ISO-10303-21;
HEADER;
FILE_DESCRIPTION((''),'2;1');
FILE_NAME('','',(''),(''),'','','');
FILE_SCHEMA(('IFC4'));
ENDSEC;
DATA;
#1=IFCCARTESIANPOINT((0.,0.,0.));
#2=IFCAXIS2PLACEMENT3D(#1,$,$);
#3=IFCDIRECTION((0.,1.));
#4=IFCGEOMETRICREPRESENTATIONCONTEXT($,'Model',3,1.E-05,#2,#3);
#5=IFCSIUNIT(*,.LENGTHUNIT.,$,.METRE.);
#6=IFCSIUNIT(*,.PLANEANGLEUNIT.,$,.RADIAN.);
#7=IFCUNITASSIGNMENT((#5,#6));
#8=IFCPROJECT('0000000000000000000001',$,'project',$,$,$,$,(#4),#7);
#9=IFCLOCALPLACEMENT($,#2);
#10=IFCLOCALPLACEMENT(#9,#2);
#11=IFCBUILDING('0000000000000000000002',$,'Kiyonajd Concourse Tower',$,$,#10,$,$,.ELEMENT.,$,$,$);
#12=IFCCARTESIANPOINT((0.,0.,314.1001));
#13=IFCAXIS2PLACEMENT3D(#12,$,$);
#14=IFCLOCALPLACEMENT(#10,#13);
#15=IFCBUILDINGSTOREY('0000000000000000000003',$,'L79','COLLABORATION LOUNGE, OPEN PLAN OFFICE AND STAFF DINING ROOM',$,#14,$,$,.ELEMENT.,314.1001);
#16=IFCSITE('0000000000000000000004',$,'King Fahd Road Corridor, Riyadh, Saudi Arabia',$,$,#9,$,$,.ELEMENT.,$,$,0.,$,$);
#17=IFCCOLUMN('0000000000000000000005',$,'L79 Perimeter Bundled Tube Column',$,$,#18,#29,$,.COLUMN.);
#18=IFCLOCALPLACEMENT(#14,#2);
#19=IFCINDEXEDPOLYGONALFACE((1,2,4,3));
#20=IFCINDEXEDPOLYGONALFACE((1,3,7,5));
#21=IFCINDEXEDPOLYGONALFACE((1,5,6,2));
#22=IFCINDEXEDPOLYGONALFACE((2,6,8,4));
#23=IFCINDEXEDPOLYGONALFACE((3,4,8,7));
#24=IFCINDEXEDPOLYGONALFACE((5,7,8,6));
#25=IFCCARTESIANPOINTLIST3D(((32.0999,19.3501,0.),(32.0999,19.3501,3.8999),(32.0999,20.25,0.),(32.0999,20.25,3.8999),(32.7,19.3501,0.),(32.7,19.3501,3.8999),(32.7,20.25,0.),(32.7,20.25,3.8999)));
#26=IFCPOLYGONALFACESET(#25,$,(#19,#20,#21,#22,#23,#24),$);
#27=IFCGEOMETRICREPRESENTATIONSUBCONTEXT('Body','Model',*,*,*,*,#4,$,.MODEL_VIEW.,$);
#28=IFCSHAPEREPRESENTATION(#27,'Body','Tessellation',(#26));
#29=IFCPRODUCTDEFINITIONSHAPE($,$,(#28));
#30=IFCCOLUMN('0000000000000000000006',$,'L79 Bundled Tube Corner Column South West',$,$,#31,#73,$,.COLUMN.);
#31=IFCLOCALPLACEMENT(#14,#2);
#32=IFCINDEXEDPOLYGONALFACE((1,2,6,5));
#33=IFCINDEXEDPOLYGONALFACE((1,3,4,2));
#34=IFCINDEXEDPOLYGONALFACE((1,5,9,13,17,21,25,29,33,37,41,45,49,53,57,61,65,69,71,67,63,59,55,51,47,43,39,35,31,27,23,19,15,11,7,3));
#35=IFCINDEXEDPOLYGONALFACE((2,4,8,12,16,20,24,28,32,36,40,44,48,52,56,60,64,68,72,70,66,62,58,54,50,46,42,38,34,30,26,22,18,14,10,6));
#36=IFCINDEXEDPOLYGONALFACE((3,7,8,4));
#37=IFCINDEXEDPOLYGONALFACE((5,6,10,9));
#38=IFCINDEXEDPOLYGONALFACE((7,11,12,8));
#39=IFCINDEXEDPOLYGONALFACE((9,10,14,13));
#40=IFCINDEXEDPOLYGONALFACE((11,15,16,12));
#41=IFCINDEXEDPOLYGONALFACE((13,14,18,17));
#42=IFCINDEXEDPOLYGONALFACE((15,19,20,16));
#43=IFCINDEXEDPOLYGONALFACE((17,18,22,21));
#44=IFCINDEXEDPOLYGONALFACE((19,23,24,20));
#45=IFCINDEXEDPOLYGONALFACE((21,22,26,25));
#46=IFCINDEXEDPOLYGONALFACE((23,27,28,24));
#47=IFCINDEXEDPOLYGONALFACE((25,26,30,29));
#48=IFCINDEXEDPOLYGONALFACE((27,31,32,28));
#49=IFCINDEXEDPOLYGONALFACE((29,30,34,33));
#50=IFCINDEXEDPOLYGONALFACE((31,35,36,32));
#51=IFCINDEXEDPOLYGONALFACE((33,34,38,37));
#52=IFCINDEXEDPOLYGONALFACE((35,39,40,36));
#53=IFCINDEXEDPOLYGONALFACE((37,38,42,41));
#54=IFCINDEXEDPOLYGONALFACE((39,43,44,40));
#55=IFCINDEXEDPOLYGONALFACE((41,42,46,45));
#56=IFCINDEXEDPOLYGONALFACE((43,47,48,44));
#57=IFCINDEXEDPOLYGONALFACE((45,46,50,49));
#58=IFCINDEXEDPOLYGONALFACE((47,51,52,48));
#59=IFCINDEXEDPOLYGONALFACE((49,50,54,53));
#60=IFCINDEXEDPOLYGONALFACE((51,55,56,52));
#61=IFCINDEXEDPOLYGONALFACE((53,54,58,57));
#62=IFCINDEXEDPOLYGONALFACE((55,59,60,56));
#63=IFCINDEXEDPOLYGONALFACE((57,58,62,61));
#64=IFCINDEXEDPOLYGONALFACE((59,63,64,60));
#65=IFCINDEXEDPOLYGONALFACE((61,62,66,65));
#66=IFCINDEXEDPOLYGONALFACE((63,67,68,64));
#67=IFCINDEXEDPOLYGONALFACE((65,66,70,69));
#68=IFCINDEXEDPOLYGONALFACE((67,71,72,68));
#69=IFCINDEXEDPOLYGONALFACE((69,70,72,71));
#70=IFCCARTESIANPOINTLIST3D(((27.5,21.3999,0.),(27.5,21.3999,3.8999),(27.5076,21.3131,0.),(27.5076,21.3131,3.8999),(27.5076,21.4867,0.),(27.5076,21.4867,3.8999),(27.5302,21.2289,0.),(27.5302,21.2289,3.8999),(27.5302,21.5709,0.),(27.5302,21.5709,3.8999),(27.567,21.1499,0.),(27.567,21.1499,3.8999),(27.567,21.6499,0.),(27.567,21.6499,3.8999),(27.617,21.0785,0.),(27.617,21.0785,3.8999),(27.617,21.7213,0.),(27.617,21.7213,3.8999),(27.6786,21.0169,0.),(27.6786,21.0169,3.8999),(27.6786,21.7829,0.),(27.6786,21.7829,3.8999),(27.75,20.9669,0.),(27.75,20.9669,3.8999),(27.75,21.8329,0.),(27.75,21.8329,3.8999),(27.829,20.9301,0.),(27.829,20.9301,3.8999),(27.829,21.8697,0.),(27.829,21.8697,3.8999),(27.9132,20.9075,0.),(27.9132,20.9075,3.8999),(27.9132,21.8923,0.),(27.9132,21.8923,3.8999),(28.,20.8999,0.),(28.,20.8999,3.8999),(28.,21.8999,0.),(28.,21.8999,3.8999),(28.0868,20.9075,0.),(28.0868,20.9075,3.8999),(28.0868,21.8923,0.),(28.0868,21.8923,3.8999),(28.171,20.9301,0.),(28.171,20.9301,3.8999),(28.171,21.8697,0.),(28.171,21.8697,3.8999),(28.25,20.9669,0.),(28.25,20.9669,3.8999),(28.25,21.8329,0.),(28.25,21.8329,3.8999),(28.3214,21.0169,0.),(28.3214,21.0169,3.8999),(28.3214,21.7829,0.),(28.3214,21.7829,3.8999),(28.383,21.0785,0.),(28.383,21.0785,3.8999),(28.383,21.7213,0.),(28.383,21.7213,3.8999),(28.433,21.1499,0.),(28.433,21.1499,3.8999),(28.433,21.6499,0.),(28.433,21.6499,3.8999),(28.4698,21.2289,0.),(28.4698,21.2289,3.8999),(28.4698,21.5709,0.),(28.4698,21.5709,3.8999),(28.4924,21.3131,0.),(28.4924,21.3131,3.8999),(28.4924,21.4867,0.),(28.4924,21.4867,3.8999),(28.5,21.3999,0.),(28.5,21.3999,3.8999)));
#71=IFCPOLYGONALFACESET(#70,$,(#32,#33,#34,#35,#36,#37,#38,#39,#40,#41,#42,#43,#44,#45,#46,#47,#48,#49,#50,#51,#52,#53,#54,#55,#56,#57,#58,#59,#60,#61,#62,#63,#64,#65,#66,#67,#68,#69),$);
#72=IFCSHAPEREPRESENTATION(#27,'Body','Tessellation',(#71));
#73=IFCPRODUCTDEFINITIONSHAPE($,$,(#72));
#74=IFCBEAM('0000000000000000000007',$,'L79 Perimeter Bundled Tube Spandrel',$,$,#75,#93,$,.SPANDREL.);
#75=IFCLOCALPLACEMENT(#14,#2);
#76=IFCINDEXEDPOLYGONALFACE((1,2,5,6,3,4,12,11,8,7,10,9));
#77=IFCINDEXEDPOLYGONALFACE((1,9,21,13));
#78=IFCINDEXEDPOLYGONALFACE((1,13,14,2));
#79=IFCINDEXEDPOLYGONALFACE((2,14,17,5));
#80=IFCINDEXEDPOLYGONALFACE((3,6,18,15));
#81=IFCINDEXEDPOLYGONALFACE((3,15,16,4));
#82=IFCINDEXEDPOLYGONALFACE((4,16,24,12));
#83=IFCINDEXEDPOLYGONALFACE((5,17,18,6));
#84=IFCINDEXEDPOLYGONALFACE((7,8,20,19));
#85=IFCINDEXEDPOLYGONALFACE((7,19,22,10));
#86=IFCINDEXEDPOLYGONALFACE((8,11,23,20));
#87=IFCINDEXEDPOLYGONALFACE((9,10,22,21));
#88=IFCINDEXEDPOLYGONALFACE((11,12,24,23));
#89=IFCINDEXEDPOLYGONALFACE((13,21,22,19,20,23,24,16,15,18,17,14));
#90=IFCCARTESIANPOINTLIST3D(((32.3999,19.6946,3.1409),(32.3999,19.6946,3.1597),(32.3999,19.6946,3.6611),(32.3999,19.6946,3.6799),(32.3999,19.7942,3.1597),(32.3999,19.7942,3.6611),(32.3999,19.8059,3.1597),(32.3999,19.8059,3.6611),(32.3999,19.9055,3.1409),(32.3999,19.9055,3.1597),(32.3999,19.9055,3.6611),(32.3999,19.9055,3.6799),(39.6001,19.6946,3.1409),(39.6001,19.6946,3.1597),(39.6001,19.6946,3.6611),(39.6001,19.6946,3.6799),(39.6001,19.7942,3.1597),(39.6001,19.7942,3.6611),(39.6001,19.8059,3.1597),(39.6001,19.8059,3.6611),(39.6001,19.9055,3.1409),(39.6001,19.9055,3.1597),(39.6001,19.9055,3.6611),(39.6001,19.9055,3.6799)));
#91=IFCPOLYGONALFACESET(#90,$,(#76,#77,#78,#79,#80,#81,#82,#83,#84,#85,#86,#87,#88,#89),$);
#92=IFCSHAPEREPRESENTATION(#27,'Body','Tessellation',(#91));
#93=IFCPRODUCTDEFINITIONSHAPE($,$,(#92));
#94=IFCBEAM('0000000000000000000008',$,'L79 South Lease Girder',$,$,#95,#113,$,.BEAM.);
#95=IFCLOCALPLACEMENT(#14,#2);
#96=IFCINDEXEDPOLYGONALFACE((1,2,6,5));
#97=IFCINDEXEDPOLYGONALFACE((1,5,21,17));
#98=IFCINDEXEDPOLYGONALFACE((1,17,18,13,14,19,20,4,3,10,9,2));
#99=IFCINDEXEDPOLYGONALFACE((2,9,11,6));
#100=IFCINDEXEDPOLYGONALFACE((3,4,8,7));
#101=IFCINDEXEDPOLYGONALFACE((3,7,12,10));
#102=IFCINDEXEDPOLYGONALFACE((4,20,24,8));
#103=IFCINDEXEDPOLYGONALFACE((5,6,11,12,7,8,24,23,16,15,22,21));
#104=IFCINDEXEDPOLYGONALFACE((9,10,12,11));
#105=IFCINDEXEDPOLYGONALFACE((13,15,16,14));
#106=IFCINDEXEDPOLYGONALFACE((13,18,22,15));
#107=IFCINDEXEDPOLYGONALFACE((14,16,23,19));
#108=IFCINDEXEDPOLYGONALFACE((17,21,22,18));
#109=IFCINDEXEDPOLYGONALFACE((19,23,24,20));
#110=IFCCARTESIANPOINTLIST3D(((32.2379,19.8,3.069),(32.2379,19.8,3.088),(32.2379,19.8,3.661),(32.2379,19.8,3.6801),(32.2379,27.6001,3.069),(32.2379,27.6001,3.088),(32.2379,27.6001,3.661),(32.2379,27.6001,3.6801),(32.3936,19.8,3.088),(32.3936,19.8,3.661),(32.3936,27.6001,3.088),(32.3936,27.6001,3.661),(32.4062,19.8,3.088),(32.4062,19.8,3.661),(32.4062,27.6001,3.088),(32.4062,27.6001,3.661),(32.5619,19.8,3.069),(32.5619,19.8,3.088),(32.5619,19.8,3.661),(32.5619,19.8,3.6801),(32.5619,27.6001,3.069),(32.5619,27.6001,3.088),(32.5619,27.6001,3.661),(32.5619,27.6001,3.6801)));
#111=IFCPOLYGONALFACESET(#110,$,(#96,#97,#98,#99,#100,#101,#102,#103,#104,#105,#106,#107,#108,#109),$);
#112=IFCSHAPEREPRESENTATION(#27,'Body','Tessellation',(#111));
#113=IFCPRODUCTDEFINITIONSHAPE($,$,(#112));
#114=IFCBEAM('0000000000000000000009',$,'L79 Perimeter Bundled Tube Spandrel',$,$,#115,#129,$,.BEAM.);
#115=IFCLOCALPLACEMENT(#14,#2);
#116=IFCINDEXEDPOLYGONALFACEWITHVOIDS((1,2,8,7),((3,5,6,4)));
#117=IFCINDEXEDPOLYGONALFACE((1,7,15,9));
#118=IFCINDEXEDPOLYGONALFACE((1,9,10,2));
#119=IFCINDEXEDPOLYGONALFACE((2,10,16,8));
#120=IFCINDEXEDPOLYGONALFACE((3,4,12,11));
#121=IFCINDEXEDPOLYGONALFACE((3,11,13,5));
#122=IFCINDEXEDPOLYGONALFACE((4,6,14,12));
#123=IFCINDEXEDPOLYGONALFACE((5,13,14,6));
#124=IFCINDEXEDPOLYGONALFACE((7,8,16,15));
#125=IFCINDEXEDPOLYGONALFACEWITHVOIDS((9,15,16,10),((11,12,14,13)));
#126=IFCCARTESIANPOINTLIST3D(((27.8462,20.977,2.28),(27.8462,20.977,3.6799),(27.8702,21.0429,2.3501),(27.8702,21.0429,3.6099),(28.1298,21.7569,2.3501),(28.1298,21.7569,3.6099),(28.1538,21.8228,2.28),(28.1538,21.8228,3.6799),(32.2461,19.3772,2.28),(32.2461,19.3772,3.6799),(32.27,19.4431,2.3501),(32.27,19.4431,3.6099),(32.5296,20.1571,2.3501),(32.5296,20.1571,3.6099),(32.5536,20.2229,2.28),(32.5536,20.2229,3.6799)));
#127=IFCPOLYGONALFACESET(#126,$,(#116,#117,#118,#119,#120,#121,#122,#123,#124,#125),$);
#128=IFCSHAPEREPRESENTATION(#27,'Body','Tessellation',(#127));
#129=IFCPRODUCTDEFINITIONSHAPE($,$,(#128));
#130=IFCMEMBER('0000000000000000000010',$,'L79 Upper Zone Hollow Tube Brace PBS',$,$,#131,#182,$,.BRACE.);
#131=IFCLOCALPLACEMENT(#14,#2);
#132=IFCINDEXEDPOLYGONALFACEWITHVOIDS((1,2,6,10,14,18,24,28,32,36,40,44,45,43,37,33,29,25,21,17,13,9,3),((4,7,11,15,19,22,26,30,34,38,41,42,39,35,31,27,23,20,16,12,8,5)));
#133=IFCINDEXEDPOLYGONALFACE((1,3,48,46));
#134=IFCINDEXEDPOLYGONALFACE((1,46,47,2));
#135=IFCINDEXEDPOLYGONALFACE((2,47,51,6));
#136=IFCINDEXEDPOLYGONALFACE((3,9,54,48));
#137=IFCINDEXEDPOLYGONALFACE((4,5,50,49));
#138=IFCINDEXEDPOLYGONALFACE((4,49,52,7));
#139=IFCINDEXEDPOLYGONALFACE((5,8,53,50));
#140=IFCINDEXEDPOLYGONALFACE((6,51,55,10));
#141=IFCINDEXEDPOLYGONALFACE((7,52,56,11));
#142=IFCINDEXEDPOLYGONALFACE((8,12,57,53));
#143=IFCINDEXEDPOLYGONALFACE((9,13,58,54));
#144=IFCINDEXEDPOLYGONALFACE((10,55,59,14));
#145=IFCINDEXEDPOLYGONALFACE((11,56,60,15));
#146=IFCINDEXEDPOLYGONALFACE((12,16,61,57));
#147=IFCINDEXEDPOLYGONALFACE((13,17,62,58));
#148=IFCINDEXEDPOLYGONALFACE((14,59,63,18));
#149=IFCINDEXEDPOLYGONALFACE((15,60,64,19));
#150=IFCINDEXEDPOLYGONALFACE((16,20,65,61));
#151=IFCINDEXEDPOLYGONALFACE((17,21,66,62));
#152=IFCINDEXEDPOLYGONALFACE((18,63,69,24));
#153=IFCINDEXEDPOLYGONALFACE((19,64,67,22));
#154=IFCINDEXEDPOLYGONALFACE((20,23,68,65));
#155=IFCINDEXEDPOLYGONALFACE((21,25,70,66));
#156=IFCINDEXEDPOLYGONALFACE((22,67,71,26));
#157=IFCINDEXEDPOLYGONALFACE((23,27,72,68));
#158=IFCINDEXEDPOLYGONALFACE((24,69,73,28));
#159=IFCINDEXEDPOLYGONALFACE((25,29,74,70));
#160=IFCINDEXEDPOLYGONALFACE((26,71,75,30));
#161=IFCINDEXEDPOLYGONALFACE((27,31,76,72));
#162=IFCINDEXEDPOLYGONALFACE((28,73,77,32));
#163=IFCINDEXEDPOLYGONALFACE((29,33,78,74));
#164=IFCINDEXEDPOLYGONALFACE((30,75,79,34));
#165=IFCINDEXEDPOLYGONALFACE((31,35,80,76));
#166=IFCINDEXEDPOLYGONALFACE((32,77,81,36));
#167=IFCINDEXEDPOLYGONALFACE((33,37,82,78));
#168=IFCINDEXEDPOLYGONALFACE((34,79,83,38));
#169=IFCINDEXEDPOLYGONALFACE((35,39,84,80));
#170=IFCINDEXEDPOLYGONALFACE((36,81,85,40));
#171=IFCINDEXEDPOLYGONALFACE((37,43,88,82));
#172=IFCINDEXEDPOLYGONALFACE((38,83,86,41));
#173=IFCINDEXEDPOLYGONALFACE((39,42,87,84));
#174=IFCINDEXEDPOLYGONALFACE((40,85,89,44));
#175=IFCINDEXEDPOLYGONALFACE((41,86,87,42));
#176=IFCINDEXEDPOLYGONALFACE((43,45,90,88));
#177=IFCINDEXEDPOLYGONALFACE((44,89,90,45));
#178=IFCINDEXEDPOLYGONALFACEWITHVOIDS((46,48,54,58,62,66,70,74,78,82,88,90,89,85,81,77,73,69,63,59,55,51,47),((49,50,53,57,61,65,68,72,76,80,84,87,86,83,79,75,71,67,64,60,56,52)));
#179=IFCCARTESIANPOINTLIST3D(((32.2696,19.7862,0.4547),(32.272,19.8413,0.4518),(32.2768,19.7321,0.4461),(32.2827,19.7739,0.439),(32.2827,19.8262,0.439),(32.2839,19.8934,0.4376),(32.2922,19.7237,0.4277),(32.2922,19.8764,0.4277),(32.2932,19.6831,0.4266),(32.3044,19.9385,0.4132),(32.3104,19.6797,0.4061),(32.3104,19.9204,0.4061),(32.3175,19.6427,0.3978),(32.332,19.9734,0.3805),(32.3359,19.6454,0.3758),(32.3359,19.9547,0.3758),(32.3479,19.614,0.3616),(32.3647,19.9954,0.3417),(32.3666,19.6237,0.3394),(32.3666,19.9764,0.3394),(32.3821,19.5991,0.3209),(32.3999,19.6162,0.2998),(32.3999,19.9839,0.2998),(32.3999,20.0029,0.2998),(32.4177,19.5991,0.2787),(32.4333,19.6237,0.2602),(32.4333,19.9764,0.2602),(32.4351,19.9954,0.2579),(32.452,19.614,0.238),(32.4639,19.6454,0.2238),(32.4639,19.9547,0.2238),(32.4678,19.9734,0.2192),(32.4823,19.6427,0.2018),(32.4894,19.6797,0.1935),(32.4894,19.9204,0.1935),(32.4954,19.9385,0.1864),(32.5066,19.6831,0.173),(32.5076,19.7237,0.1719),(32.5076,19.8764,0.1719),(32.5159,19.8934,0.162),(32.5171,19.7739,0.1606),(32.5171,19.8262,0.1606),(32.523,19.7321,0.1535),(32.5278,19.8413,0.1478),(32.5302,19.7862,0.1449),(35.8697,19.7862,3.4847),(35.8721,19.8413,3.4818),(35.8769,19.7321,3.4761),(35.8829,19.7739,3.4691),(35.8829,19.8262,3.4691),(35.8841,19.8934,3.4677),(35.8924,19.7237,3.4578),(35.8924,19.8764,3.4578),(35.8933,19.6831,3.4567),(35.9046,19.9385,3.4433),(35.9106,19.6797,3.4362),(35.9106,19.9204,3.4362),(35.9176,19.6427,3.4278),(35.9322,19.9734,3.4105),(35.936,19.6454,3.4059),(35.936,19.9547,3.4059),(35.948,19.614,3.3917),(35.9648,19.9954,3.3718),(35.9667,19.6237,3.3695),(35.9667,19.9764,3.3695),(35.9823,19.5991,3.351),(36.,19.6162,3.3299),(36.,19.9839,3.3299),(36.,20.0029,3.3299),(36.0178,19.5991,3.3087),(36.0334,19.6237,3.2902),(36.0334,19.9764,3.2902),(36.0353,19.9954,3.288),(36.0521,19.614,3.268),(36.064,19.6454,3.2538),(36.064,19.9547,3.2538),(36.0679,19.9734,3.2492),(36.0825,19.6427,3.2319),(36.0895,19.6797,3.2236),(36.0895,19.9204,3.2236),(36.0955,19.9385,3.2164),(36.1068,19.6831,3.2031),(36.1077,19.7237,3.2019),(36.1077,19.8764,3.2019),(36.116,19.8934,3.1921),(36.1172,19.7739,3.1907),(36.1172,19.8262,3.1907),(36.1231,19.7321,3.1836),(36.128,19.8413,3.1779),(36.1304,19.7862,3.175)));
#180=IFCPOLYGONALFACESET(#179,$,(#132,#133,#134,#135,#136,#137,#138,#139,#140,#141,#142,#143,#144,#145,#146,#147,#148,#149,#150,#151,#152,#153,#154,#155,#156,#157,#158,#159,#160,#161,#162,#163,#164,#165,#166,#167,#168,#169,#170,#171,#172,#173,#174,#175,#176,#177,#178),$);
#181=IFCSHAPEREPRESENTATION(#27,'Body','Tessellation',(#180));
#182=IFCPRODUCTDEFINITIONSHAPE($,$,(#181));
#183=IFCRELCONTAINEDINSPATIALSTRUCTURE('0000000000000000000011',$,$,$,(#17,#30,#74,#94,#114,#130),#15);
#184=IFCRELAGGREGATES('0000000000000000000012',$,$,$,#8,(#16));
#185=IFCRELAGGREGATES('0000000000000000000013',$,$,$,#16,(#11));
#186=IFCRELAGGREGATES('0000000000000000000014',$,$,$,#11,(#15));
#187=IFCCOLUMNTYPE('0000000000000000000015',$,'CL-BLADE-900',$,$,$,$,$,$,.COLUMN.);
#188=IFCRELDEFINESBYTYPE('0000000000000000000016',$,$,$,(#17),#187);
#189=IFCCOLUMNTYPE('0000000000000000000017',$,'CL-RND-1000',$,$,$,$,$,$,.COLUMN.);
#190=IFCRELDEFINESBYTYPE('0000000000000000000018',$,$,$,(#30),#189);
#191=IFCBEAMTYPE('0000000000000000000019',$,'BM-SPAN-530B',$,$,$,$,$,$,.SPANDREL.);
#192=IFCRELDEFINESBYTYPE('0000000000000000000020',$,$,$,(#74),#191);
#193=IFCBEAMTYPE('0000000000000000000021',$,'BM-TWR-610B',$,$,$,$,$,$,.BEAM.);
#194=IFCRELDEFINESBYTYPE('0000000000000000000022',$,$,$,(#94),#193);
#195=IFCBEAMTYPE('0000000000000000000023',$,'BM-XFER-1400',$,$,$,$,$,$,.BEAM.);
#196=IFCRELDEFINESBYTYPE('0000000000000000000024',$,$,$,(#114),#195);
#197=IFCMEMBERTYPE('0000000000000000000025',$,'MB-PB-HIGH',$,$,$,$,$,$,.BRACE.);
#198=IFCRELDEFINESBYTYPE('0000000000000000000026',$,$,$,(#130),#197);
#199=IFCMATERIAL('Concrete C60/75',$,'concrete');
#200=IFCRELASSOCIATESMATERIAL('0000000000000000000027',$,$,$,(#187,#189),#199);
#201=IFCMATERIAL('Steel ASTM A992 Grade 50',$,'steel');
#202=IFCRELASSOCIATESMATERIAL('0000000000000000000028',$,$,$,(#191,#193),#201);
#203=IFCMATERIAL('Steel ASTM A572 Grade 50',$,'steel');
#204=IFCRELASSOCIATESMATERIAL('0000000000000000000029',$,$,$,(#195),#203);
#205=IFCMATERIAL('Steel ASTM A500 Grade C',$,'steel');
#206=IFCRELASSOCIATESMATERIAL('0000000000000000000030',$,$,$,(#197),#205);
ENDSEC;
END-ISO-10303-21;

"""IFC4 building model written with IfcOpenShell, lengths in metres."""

from ifc_helpers import new_model, si_unit, direction, frame, origin, origin_2d, place, context, subcontext, project, spatial, rectangle, hollow_rectangle, circle, hollow_circle, i_section, extrude, material, material_profile, profile_set, type_object, element, save


model = new_model("IFC4")

# Units and contexts
model_context = context("Model", 3, precision=1e-05, world=origin(), true_north=direction((0.0, 1.0)))
body_context = subcontext(model_context, "Body", "Model", "MODEL_VIEW")
ifc_project = project(units=[si_unit("LENGTHUNIT", "METRE"), si_unit("PLANEANGLEUNIT", "RADIAN")], contexts=[model_context])

# Site, building, storey
site_placement = place(None, origin())
site = spatial("IfcSite", under=ifc_project, at=site_placement, Name="King Fahd Road Corridor, Riyadh, Saudi Arabia", CompositionType="ELEMENT", RefElevation=0.0)
building_placement = place(site_placement, origin())
building = spatial("IfcBuilding", under=site, at=building_placement, Name="Kiyonajd Concourse Tower", CompositionType="ELEMENT")
storey_placement = place(building_placement, frame((0.0, 0.0, 314.1001)))
storey = spatial("IfcBuildingStorey", under=building, at=storey_placement, Name="L79", Description="COLLABORATION LOUNGE, OPEN PLAN OFFICE AND STAFF DINING ROOM", CompositionType="ELEMENT", Elevation=314.1001)

# Columns
ifc_material_1 = material(Name="Concrete C60/75", Category="concrete")
ifc_material_profile_1 = material_profile(ifc_material_1, rectangle(XDim=0.6001, YDim=0.8999, at=origin_2d()), Name="RC-900x600")
ifc_profile_set_1 = profile_set([ifc_material_profile_1], Name="Concrete C60/75")
column_type_1 = type_object("IfcColumnType", Name="CL-BLADE-900", PredefinedType="COLUMN", material=ifc_profile_set_1)
column_1_placement = place(storey_placement, frame((32.3999, 19.8, 0.0), z_axis=(0.0, 0.0, 1.0), x_axis=(1.0, 0.0, 0.0)))
element("IfcColumn", 1, at=column_1_placement, inside=storey, type_object=column_type_1, Name="L79 Perimeter Bundled Tube Column", PredefinedType="COLUMN", context=body_context, shape_type="SweptSolid", body=[
    extrude(rectangle(XDim=0.6001, YDim=0.8999, at=origin_2d()), origin(), (0.0, 0.0, 1.0), 3.8999),
])
ifc_material_profile_2 = material_profile(ifc_material_1, circle(Radius=0.5, at=origin_2d()), Name="RCC-D1000")
ifc_profile_set_2 = profile_set([ifc_material_profile_2], Name="Concrete C60/75")
column_type_2 = type_object("IfcColumnType", Name="CL-RND-1000", PredefinedType="COLUMN", material=ifc_profile_set_2)
column_2_placement = place(storey_placement, frame((28.0, 21.3999, 0.0), z_axis=(0.0, 0.0, 1.0), x_axis=(1.0, 0.0, 0.0)))
element("IfcColumn", 2, at=column_2_placement, inside=storey, type_object=column_type_2, Name="L79 Bundled Tube Corner Column South West", PredefinedType="COLUMN", context=body_context, shape_type="SweptSolid", body=[
    extrude(circle(Radius=0.5, at=origin_2d()), origin(), (0.0, 0.0, 1.0), 3.8999),
])

# Beams
ifc_material_2 = material(Name="Steel ASTM A992 Grade 50", Category="steel")
ifc_material_profile_3 = material_profile(ifc_material_2, i_section(OverallWidth=0.2109, OverallDepth=0.5391, WebThickness=0.0117, FlangeThickness=0.0188, at=origin_2d()), Name="W530X109")
ifc_profile_set_3 = profile_set([ifc_material_profile_3], Name="Steel ASTM A992 Grade 50")
beam_type_1 = type_object("IfcBeamType", Name="BM-SPAN-530B", PredefinedType="SPANDREL", material=ifc_profile_set_3)
beam_1_placement = place(storey_placement, frame((32.3999, 19.8, 3.4104), z_axis=(1.0, 0.0, 0.0), x_axis=(0.0, 1.0, 0.0)))
element("IfcBeam", 3, at=beam_1_placement, inside=storey, type_object=beam_type_1, Name="L79 Perimeter Bundled Tube Spandrel", PredefinedType="SPANDREL", context=body_context, shape_type="SweptSolid", body=[
    extrude(i_section(OverallWidth=0.2109, OverallDepth=0.5391, WebThickness=0.0117, FlangeThickness=0.0188, at=origin_2d()), origin(), (0.0, 0.0, 1.0), 7.2002),
])
ifc_material_profile_4 = material_profile(ifc_material_2, i_section(OverallWidth=0.324, OverallDepth=0.6111, WebThickness=0.0127, FlangeThickness=0.019, at=origin_2d()), Name="W610X155")
ifc_profile_set_4 = profile_set([ifc_material_profile_4], Name="Steel ASTM A992 Grade 50")
beam_type_2 = type_object("IfcBeamType", Name="BM-TWR-610B", PredefinedType="BEAM", material=ifc_profile_set_4)
beam_2_placement = place(storey_placement, frame((32.3999, 19.8, 3.3745), z_axis=(0.0, 1.0, 0.0), x_axis=(-1.0, 0.0, 0.0)))
element("IfcBeam", 4, at=beam_2_placement, inside=storey, type_object=beam_type_2, Name="L79 South Lease Girder", PredefinedType="BEAM", context=body_context, shape_type="SweptSolid", body=[
    extrude(i_section(OverallWidth=0.324, OverallDepth=0.6111, WebThickness=0.0127, FlangeThickness=0.019, at=origin_2d()), origin(), (0.0, 0.0, 1.0), 7.8),
])
ifc_material_3 = material(Name="Steel ASTM A572 Grade 50", Category="steel")
ifc_material_profile_5 = material_profile(ifc_material_3, hollow_rectangle(XDim=0.8999, YDim=1.3999, WallThickness=0.0701, at=origin_2d()), Name="BOX-1400x900x70")
ifc_profile_set_5 = profile_set([ifc_material_profile_5], Name="Steel ASTM A572 Grade 50")
beam_type_3 = type_object("IfcBeamType", Name="BM-XFER-1400", PredefinedType="BEAM", material=ifc_profile_set_5)
beam_3_placement = place(storey_placement, frame((28.0, 21.3999, 2.98), z_axis=(0.939801, -0.341722, 0.0), x_axis=(0.341722, 0.939801, 0.0)))
element("IfcBeam", 5, at=beam_3_placement, inside=storey, type_object=beam_type_3, Name="L79 Perimeter Bundled Tube Spandrel", PredefinedType="BEAM", context=body_context, shape_type="SweptSolid", body=[
    extrude(hollow_rectangle(XDim=0.8999, YDim=1.3999, WallThickness=0.0701, at=origin_2d()), origin(), (0.0, 0.0, 1.0), 4.6816),
])

# Member
ifc_material_4 = material(Name="Steel ASTM A500 Grade C", Category="steel")
ifc_material_profile_6 = material_profile(ifc_material_4, hollow_circle(Radius=0.2029, WallThickness=0.019, at=origin_2d()), Name="CHS-406x19")
ifc_profile_set_6 = profile_set([ifc_material_profile_6], Name="Steel ASTM A500 Grade C")
member_type = type_object("IfcMemberType", Name="MB-PB-HIGH", PredefinedType="BRACE", material=ifc_profile_set_6)
member_placement = place(storey_placement, frame((32.3999, 19.8, 0.2998), z_axis=(0.765082, 0.0, 0.643933), x_axis=(0.0, 1.0, 0.0)))
element("IfcMember", 6, at=member_placement, inside=storey, type_object=member_type, Name="L79 Upper Zone Hollow Tube Brace PBS", PredefinedType="BRACE", context=body_context, shape_type="SweptSolid", body=[
    extrude(hollow_circle(Radius=0.2029, WallThickness=0.019, at=origin_2d()), origin(), (0.0, 0.0, 1.0), 4.7056),
])

save(model, "model.ifc")
